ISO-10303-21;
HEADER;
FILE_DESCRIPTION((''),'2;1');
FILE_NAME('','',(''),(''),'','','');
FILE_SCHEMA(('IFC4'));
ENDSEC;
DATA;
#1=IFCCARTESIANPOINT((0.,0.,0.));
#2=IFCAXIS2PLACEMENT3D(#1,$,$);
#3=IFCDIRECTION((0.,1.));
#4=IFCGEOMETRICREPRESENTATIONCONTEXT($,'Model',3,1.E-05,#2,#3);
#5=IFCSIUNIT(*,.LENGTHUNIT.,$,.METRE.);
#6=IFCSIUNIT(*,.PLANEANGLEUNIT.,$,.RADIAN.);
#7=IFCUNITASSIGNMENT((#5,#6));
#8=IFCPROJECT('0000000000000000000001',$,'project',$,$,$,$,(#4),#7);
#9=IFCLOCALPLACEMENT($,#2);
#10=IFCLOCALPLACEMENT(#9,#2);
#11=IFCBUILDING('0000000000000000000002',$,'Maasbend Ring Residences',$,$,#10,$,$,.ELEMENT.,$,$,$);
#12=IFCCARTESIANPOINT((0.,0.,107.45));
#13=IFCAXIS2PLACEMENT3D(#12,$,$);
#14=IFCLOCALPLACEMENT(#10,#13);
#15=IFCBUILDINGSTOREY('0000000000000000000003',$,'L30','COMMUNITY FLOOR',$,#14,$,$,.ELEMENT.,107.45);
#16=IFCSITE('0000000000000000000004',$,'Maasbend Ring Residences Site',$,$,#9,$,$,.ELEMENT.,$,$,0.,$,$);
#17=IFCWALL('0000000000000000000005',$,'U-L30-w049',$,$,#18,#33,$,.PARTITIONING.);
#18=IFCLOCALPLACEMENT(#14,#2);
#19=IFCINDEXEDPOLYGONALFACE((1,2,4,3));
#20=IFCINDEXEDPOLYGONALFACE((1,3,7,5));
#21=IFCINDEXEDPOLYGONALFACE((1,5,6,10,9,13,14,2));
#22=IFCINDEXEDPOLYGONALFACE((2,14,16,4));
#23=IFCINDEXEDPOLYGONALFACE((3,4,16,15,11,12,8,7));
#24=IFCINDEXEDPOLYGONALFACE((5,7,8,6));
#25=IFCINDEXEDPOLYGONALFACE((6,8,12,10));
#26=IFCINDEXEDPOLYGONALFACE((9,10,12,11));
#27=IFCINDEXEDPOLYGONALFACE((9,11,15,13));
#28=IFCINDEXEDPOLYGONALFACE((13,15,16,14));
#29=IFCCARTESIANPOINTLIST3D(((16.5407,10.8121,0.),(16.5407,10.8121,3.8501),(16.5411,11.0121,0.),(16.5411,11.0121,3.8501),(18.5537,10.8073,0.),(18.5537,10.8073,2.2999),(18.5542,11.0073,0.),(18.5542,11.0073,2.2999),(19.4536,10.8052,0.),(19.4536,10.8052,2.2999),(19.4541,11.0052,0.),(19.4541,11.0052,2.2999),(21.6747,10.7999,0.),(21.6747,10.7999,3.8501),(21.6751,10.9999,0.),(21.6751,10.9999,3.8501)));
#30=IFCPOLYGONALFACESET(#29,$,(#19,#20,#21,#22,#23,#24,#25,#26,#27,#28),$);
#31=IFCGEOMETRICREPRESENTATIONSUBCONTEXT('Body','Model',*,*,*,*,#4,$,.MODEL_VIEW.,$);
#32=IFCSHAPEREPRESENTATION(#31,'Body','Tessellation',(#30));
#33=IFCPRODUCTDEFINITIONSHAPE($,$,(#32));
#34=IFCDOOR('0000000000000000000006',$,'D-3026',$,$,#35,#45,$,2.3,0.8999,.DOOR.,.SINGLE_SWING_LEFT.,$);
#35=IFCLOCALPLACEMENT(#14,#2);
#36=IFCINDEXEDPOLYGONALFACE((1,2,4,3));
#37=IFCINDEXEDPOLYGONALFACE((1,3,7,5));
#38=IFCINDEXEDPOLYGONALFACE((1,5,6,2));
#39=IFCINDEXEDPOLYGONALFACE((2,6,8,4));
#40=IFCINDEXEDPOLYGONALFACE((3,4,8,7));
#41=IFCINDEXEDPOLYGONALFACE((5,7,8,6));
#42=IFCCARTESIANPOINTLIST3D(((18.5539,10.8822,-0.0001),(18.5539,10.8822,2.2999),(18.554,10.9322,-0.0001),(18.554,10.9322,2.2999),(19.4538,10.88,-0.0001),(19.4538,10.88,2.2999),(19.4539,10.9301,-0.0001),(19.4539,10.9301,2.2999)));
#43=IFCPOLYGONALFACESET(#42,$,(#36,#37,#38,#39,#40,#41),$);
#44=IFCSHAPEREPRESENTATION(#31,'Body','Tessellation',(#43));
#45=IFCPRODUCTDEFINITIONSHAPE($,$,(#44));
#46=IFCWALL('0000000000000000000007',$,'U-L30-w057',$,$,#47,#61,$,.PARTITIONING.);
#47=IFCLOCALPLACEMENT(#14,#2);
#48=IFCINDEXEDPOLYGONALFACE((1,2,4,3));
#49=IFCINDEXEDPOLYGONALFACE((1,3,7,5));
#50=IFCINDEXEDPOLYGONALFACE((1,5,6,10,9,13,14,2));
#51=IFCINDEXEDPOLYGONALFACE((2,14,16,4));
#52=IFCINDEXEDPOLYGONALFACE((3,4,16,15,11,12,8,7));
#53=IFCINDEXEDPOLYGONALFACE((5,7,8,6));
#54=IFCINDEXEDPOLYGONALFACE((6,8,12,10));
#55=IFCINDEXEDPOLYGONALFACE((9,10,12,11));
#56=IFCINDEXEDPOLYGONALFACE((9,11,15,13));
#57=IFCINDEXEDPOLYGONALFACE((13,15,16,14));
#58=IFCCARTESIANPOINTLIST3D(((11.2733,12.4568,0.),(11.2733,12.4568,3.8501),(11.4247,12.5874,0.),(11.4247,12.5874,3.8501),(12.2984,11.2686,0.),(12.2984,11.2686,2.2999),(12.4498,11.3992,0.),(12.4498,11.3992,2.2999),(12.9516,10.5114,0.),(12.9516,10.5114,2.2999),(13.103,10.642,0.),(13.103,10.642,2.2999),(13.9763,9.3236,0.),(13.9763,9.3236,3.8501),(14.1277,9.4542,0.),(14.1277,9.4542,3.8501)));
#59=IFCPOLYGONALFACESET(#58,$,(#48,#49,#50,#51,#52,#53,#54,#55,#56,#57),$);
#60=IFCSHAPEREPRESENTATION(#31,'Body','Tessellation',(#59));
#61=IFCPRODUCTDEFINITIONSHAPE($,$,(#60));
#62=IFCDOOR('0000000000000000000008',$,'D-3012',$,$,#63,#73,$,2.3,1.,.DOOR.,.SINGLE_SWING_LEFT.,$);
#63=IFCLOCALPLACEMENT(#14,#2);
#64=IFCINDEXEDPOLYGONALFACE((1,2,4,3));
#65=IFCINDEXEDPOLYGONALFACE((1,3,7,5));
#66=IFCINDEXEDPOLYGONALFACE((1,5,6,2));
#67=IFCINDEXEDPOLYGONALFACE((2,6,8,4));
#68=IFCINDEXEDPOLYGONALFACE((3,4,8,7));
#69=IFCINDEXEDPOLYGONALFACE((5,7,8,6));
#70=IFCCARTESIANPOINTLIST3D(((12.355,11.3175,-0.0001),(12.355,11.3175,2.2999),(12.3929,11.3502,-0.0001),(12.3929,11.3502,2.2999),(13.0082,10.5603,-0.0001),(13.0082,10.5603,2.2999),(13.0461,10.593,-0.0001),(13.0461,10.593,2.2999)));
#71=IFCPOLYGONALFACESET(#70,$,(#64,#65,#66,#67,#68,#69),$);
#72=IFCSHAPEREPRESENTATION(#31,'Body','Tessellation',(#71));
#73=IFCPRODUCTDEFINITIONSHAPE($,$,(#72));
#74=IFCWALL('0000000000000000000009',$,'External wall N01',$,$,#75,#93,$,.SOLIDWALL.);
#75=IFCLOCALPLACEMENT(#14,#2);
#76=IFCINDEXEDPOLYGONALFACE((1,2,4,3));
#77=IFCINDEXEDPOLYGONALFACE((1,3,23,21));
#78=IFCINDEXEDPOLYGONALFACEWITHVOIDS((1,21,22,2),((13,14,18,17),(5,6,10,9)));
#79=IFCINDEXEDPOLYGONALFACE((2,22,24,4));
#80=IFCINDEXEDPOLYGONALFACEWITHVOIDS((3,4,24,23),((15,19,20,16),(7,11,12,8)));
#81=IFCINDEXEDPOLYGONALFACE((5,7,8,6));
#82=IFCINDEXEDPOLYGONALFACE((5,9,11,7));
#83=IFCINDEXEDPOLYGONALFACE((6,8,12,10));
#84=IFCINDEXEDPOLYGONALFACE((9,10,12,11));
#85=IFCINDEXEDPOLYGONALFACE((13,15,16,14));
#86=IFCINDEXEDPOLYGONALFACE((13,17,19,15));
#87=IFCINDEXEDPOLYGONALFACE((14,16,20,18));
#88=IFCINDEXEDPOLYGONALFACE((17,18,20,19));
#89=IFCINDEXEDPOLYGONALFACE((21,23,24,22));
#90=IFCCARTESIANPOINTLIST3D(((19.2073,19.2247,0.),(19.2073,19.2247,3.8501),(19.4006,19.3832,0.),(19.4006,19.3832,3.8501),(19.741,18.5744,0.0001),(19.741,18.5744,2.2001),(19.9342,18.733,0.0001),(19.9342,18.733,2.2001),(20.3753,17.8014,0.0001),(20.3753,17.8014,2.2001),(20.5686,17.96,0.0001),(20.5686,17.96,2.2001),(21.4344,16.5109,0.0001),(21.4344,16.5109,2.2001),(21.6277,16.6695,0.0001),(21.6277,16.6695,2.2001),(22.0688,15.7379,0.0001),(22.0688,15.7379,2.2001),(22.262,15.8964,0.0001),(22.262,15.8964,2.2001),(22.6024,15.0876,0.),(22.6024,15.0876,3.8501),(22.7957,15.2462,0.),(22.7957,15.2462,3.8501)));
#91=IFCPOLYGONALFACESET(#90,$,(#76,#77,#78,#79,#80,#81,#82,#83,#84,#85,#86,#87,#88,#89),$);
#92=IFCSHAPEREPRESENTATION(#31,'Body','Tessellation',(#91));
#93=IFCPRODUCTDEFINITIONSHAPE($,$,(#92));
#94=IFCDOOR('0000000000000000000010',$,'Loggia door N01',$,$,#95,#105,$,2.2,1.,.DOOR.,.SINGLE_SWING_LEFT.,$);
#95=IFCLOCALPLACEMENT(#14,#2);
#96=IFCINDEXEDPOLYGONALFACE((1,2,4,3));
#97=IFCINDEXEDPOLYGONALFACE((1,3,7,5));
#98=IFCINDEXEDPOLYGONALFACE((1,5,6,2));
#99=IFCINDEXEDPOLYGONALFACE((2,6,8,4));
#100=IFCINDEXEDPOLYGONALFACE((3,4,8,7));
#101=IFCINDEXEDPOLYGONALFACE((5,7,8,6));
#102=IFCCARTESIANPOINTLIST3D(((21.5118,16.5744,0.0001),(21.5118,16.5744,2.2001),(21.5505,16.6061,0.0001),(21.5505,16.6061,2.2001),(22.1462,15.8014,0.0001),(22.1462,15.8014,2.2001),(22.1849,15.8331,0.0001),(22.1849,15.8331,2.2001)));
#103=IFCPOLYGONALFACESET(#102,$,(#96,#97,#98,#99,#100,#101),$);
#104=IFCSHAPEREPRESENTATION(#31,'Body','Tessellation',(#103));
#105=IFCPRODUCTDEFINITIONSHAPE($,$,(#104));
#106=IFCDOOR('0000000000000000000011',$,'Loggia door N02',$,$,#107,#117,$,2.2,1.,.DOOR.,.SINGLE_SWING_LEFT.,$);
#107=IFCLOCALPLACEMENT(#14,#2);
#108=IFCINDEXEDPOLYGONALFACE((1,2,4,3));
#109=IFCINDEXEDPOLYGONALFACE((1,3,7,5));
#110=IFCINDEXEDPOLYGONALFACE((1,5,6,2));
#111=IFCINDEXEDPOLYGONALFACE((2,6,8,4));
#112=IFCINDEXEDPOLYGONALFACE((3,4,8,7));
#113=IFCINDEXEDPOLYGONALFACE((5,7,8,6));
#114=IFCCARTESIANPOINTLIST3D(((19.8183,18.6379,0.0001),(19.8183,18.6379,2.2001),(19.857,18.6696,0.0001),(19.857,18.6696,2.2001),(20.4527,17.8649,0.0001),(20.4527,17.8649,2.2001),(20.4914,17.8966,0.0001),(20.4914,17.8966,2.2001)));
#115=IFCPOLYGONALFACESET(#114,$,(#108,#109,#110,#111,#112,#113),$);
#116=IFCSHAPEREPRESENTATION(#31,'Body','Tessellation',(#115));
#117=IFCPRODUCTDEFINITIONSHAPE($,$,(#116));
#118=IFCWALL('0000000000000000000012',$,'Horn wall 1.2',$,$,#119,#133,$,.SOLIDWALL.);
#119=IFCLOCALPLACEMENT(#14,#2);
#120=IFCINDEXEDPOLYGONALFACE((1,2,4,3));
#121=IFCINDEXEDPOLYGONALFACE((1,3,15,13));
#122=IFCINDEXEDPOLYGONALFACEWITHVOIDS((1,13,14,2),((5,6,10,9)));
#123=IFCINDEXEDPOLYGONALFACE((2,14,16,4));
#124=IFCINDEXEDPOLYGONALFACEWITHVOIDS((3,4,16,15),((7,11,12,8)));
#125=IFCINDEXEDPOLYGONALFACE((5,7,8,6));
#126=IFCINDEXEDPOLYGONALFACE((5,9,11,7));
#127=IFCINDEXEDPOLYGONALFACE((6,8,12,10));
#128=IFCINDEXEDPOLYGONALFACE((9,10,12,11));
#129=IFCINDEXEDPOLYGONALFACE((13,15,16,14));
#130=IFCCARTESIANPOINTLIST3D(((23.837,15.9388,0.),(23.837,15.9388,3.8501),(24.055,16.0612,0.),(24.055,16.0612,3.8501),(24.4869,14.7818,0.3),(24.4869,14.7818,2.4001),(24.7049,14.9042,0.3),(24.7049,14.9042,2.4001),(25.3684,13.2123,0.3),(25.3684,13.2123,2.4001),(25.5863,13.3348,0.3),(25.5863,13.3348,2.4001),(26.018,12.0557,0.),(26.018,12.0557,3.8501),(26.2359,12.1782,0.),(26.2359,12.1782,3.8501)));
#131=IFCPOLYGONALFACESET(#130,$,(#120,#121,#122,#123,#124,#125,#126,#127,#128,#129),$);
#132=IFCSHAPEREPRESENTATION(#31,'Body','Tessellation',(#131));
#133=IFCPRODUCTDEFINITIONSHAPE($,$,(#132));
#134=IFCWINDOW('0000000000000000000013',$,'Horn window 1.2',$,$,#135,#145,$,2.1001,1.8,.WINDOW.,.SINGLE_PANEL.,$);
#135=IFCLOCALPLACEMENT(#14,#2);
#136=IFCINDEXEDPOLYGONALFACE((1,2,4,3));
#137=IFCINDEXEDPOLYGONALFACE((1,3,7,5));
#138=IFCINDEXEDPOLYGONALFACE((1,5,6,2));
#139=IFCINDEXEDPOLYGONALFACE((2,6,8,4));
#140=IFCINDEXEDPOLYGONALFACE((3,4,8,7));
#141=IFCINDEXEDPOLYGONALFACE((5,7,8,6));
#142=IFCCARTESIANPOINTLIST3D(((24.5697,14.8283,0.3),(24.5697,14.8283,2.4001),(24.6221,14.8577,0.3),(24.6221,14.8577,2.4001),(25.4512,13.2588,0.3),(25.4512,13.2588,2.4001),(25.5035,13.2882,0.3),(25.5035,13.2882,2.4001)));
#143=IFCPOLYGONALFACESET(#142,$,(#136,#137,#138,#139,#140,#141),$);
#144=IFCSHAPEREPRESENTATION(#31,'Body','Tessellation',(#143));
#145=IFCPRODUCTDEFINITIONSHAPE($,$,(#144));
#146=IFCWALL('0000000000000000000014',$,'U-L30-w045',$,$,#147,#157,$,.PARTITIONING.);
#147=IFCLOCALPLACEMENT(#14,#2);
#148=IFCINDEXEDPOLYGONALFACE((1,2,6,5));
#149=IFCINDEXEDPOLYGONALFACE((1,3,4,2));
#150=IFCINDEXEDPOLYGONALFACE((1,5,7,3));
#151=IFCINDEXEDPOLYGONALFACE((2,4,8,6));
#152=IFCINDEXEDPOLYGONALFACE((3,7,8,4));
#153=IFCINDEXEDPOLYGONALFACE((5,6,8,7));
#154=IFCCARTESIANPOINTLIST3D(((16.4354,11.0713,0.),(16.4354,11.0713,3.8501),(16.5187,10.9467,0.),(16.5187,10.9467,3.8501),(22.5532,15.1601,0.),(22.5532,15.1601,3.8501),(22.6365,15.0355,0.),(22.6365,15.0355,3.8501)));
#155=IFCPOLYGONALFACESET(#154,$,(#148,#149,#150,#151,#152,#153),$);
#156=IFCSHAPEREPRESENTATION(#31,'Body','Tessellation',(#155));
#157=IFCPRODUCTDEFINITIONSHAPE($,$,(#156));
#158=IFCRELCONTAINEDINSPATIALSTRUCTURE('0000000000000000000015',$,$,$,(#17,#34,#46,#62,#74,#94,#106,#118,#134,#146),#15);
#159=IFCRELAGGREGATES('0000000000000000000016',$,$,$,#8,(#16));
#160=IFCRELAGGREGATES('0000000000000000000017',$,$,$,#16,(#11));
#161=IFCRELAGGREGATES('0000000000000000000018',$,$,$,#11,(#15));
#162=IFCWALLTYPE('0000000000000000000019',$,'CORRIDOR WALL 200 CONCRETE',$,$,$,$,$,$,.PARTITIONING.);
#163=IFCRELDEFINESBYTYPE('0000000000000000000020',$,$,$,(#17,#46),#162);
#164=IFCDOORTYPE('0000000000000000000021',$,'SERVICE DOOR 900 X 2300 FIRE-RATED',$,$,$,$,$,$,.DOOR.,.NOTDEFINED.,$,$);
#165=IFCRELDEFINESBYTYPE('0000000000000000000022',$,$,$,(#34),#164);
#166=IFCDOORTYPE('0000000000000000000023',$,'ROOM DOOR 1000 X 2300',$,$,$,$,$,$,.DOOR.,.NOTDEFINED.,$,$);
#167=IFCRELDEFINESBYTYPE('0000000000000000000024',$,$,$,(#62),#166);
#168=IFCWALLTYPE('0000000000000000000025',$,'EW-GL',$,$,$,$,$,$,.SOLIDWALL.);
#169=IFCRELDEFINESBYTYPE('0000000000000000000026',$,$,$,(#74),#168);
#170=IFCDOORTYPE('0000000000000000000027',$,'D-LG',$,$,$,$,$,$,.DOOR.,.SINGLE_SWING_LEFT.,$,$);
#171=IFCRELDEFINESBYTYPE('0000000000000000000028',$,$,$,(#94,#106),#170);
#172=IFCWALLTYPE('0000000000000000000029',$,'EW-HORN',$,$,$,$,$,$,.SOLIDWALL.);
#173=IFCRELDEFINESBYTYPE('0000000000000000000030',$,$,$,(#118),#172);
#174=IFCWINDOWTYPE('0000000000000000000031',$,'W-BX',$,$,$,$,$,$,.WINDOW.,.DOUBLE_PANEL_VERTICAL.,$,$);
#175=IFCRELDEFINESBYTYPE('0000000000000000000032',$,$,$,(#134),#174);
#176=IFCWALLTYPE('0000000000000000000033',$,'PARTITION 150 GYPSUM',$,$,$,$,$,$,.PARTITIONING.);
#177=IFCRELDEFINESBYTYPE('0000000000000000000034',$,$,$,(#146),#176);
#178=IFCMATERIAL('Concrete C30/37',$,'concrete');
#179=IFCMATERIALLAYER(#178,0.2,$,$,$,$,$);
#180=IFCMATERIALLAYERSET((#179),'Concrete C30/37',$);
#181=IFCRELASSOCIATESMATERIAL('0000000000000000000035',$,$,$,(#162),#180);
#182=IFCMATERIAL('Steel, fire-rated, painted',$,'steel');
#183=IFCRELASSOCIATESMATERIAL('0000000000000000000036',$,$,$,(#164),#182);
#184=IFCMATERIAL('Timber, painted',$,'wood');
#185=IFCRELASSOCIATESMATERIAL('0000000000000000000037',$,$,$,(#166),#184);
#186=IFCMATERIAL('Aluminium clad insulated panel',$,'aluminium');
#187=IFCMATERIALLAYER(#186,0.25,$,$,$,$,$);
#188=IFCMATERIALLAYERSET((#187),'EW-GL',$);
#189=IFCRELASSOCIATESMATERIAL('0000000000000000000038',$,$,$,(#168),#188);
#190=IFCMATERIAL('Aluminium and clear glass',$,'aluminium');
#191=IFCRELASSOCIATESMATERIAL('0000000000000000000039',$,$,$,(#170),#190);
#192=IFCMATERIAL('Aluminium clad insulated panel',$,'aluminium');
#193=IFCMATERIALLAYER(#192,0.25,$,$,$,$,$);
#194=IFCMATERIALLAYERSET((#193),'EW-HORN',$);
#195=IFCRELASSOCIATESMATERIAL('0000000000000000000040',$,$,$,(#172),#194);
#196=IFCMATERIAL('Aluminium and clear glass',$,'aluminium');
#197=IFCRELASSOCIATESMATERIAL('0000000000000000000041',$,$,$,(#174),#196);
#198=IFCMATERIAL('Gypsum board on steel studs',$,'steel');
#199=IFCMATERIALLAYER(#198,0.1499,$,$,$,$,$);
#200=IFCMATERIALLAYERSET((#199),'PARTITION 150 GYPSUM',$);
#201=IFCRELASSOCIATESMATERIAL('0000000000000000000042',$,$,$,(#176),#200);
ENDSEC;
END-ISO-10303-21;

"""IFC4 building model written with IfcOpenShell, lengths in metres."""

from ifc_helpers import new_model, si_unit, direction, frame, frame_2d, origin, place, context, subcontext, project, spatial, rectangle, extrude, material, layer, layer_set, type_object, element, fill, save


model = new_model("IFC4")

# Units and contexts
model_context = context("Model", 3, precision=1e-05, world=origin(), true_north=direction((0.0, 1.0)))
body_context = subcontext(model_context, "Body", "Model", "MODEL_VIEW")
ifc_project = project(units=[si_unit("LENGTHUNIT", "METRE"), si_unit("PLANEANGLEUNIT", "RADIAN")], contexts=[model_context])

# Site, building, storey
site_placement = place(None, origin())
site = spatial("IfcSite", under=ifc_project, at=site_placement, Name="Maasbend Ring Residences Site", CompositionType="ELEMENT", RefElevation=0.0)
building_placement = place(site_placement, origin())
building = spatial("IfcBuilding", under=site, at=building_placement, Name="Maasbend Ring Residences", CompositionType="ELEMENT")
storey_placement = place(building_placement, frame((0.0, 0.0, 107.45)))
storey = spatial("IfcBuildingStorey", under=building, at=storey_placement, Name="L30", Description="COMMUNITY FLOOR", CompositionType="ELEMENT", Elevation=107.45)

# Shared definitions
ifc_material_1 = material(Name="Concrete C30/37", Category="concrete")
ifc_layer_1 = layer(ifc_material_1, 0.2)
ifc_layer_set_1 = layer_set([ifc_layer_1], Name="Concrete C30/37")
wall_type_1 = type_object("IfcWallType", Name="CORRIDOR WALL 200 CONCRETE", PredefinedType="PARTITIONING", material=ifc_layer_set_1)

# Walls, openings, doors
wall_1_placement = place(storey_placement, frame((16.541, 10.9121, 0.0), z_axis=(0.0, 0.0, 1.0), x_axis=(0.999997, -0.002378, 0.0)))
wall_1 = element("IfcWall", 1, at=wall_1_placement, inside=storey, type_object=wall_type_1, Name="U-L30-w049", PredefinedType="PARTITIONING", context=body_context, shape_type="SweptSolid", body=[
    extrude(rectangle(XDim=5.134, YDim=0.2, at=frame_2d((2.5669, 0.0))), origin(), (0.0, 0.0, 1.0), 3.8501),
])
opening_1_placement = place(wall_1_placement, frame((2.0129, 0.0, 0.0)))
opening_1 = element("IfcOpeningElement", 2, at=opening_1_placement, cuts=wall_1, PredefinedType="OPENING", context=body_context, shape_type="SweptSolid", body=[
    extrude(rectangle(XDim=0.8999, YDim=2.3, at=frame_2d((0.45, 1.1499))), frame((0.0, 0.1099, 0.0), z_axis=(0.0, -1.0, 0.0), x_axis=(1.0, 0.0, 0.0)), (0.0, 0.0, 1.0), 0.22),
])
ifc_material_2 = material(Name="Steel, fire-rated, painted", Category="steel")
door_type_1 = type_object("IfcDoorType", Name="SERVICE DOOR 900 X 2300 FIRE-RATED", OperationType="NOTDEFINED", PredefinedType="DOOR", material=ifc_material_2)
door_1_placement = place(opening_1_placement, origin())
door_1 = element("IfcDoor", 3, at=door_1_placement, inside=storey, type_object=door_type_1, Name="D-3026", OperationType="SINGLE_SWING_LEFT", OverallHeight=2.3, OverallWidth=0.8999, PredefinedType="DOOR", context=body_context, shape_type="SweptSolid", body=[
    extrude(rectangle(XDim=0.8999, YDim=2.3, at=frame_2d((0.45, 1.1499))), frame((0.0, 0.0249, 0.0), z_axis=(0.0, -1.0, 0.0), x_axis=(1.0, 0.0, 0.0)), (0.0, 0.0, 1.0), 0.05),
])
fill(opening_1, door_1)
wall_2_placement = place(storey_placement, frame((11.3491, 12.522, 0.0), z_axis=(0.0, 0.0, 1.0), x_axis=(0.653213, -0.757174, 0.0)))
wall_2 = element("IfcWall", 4, at=wall_2_placement, inside=storey, type_object=wall_type_1, Name="U-L30-w057", PredefinedType="PARTITIONING", context=body_context, shape_type="SweptSolid", body=[
    extrude(rectangle(XDim=4.1379, YDim=0.2, at=frame_2d((2.0688, 0.0))), origin(), (0.0, 0.0, 1.0), 3.8501),
])
opening_2_placement = place(wall_2_placement, frame((1.5691, 0.0, 0.0)))
opening_2 = element("IfcOpeningElement", 5, at=opening_2_placement, cuts=wall_2, PredefinedType="OPENING", context=body_context, shape_type="SweptSolid", body=[
    extrude(rectangle(XDim=1.0, YDim=2.3, at=frame_2d((0.5, 1.1499))), frame((0.0, 0.1099, 0.0), z_axis=(0.0, -1.0, 0.0), x_axis=(1.0, 0.0, 0.0)), (0.0, 0.0, 1.0), 0.22),
])
ifc_material_3 = material(Name="Timber, painted", Category="wood")
door_type_2 = type_object("IfcDoorType", Name="ROOM DOOR 1000 X 2300", OperationType="NOTDEFINED", PredefinedType="DOOR", material=ifc_material_3)
door_2_placement = place(opening_2_placement, origin())
door_2 = element("IfcDoor", 6, at=door_2_placement, inside=storey, type_object=door_type_2, Name="D-3012", OperationType="SINGLE_SWING_LEFT", OverallHeight=2.3, OverallWidth=1.0, PredefinedType="DOOR", context=body_context, shape_type="SweptSolid", body=[
    extrude(rectangle(XDim=1.0, YDim=2.3, at=frame_2d((0.5, 1.1499))), frame((0.0, 0.0249, 0.0), z_axis=(0.0, -1.0, 0.0), x_axis=(1.0, 0.0, 0.0)), (0.0, 0.0, 1.0), 0.05),
])
fill(opening_2, door_2)

# Wall, openings, doors
ifc_material_4 = material(Name="Aluminium clad insulated panel", Category="aluminium")
ifc_layer_2 = layer(ifc_material_4, 0.25)
ifc_layer_set_2 = layer_set([ifc_layer_2], Name="EW-GL")
wall_type_2 = type_object("IfcWallType", Name="EW-GL", PredefinedType="SOLIDWALL", material=ifc_layer_set_2)
wall_3_placement = place(storey_placement, frame((22.699, 15.167, 0.0), z_axis=(0.0, 0.0, 1.0), x_axis=(-0.634382, 0.773019, 0.0)))
wall_3 = element("IfcWall", 7, at=wall_3_placement, inside=storey, type_object=wall_type_2, Name="External wall N01", PredefinedType="SOLIDWALL", context=body_context, shape_type="SweptSolid", body=[
    extrude(rectangle(XDim=5.3518, YDim=0.25, at=frame_2d((2.6758, 0.0))), origin(), (0.0, 0.0, 1.0), 3.8501),
])
opening_3_placement = place(wall_3_placement, frame((0.8411, 0.0, 0.0)))
opening_3 = element("IfcOpeningElement", 8, at=opening_3_placement, cuts=wall_3, PredefinedType="OPENING", context=body_context, shape_type="SweptSolid", body=[
    extrude(rectangle(XDim=1.0, YDim=2.2, at=frame_2d((0.5, 1.1001))), frame((0.0, 0.135, 0.0), z_axis=(0.0, -1.0, 0.0), x_axis=(1.0, 0.0, 0.0)), (0.0, 0.0, 1.0), 0.27),
])
opening_4_placement = place(wall_3_placement, frame((3.5105, 0.0, 0.0)))
opening_4 = element("IfcOpeningElement", 9, at=opening_4_placement, cuts=wall_3, PredefinedType="OPENING", context=body_context, shape_type="SweptSolid", body=[
    extrude(rectangle(XDim=1.0, YDim=2.2, at=frame_2d((0.5, 1.1001))), frame((0.0, 0.135, 0.0), z_axis=(0.0, -1.0, 0.0), x_axis=(1.0, 0.0, 0.0)), (0.0, 0.0, 1.0), 0.27),
])
ifc_material_5 = material(Name="Aluminium and clear glass", Category="aluminium")
door_type_3 = type_object("IfcDoorType", Name="D-LG", OperationType="SINGLE_SWING_LEFT", PredefinedType="DOOR", material=ifc_material_5)
door_3_placement = place(opening_3_placement, origin())
door_3 = element("IfcDoor", 10, at=door_3_placement, inside=storey, type_object=door_type_3, Name="Loggia door N01", OperationType="SINGLE_SWING_LEFT", OverallHeight=2.2, OverallWidth=1.0, PredefinedType="DOOR", context=body_context, shape_type="SweptSolid", body=[
    extrude(rectangle(XDim=1.0, YDim=2.2, at=frame_2d((0.5, 1.1001))), frame((0.0, 0.0249, 0.0), z_axis=(0.0, -1.0, 0.0), x_axis=(1.0, 0.0, 0.0)), (0.0, 0.0, 1.0), 0.05),
])
fill(opening_3, door_3)
door_4_placement = place(opening_4_placement, origin())
door_4 = element("IfcDoor", 11, at=door_4_placement, inside=storey, type_object=door_type_3, Name="Loggia door N02", OperationType="SINGLE_SWING_LEFT", OverallHeight=2.2, OverallWidth=1.0, PredefinedType="DOOR", context=body_context, shape_type="SweptSolid", body=[
    extrude(rectangle(XDim=1.0, YDim=2.2, at=frame_2d((0.5, 1.1001))), frame((0.0, 0.0249, 0.0), z_axis=(0.0, -1.0, 0.0), x_axis=(1.0, 0.0, 0.0)), (0.0, 0.0, 1.0), 0.05),
])
fill(opening_4, door_4)

# Wall, opening, window
ifc_material_6 = material(Name="Aluminium clad insulated panel", Category="aluminium")
ifc_layer_3 = layer(ifc_material_6, 0.25)
ifc_layer_set_3 = layer_set([ifc_layer_3], Name="EW-HORN")
wall_type_3 = type_object("IfcWallType", Name="EW-HORN", PredefinedType="SOLIDWALL", material=ifc_layer_set_3)
wall_4_placement = place(storey_placement, frame((26.127, 12.1169, 0.0), z_axis=(0.0, 0.0, 1.0), x_axis=(-0.489696, 0.871893, 0.0)))
wall_4 = element("IfcWall", 12, at=wall_4_placement, inside=storey, type_object=wall_type_3, Name="Horn wall 1.2", PredefinedType="SOLIDWALL", context=body_context, shape_type="SweptSolid", body=[
    extrude(rectangle(XDim=4.4536, YDim=0.25, at=frame_2d((2.2268, 0.0))), origin(), (0.0, 0.0, 1.0), 3.8501),
])
opening_5_placement = place(wall_4_placement, frame((1.3267, 0.0, 0.3)))
opening_5 = element("IfcOpeningElement", 13, at=opening_5_placement, cuts=wall_4, PredefinedType="OPENING", context=body_context, shape_type="SweptSolid", body=[
    extrude(rectangle(XDim=1.8, YDim=2.1001, at=frame_2d((0.8999, 1.05))), frame((0.0, 0.135, 0.0), z_axis=(0.0, -1.0, 0.0), x_axis=(1.0, 0.0, 0.0)), (0.0, 0.0, 1.0), 0.27),
])
ifc_material_7 = material(Name="Aluminium and clear glass", Category="aluminium")
window_type = type_object("IfcWindowType", Name="W-BX", PartitioningType="DOUBLE_PANEL_VERTICAL", PredefinedType="WINDOW", material=ifc_material_7)
window_placement = place(opening_5_placement, origin())
window = element("IfcWindow", 14, at=window_placement, inside=storey, type_object=window_type, Name="Horn window 1.2", OverallHeight=2.1001, OverallWidth=1.8, PartitioningType="SINGLE_PANEL", PredefinedType="WINDOW", context=body_context, shape_type="SweptSolid", body=[
    extrude(rectangle(XDim=1.8, YDim=2.1001, at=frame_2d((0.8999, 1.05))), frame((0.0, 0.03, 0.0), z_axis=(0.0, -1.0, 0.0), x_axis=(1.0, 0.0, 0.0)), (0.0, 0.0, 1.0), 0.0601),
])
fill(opening_5, window)

# Wall
ifc_material_8 = material(Name="Gypsum board on steel studs", Category="steel")
ifc_layer_4 = layer(ifc_material_8, 0.1499)
ifc_layer_set_4 = layer_set([ifc_layer_4], Name="PARTITION 150 GYPSUM")
wall_type_4 = type_object("IfcWallType", Name="PARTITION 150 GYPSUM", PredefinedType="PARTITIONING", material=ifc_layer_set_4)
wall_5_placement = place(storey_placement, frame((16.4771, 11.009, 0.0), z_axis=(0.0, 0.0, 1.0), x_axis=(0.831407, 0.555665, 0.0)))
element("IfcWall", 15, at=wall_5_placement, inside=storey, type_object=wall_type_4, Name="U-L30-w045", PredefinedType="PARTITIONING", context=body_context, shape_type="SweptSolid", body=[
    extrude(rectangle(XDim=7.3584, YDim=0.1499, at=frame_2d((3.6792, 0.0))), origin(), (0.0, 0.0, 1.0), 3.8501),
])

save(model, "model.ifc")
